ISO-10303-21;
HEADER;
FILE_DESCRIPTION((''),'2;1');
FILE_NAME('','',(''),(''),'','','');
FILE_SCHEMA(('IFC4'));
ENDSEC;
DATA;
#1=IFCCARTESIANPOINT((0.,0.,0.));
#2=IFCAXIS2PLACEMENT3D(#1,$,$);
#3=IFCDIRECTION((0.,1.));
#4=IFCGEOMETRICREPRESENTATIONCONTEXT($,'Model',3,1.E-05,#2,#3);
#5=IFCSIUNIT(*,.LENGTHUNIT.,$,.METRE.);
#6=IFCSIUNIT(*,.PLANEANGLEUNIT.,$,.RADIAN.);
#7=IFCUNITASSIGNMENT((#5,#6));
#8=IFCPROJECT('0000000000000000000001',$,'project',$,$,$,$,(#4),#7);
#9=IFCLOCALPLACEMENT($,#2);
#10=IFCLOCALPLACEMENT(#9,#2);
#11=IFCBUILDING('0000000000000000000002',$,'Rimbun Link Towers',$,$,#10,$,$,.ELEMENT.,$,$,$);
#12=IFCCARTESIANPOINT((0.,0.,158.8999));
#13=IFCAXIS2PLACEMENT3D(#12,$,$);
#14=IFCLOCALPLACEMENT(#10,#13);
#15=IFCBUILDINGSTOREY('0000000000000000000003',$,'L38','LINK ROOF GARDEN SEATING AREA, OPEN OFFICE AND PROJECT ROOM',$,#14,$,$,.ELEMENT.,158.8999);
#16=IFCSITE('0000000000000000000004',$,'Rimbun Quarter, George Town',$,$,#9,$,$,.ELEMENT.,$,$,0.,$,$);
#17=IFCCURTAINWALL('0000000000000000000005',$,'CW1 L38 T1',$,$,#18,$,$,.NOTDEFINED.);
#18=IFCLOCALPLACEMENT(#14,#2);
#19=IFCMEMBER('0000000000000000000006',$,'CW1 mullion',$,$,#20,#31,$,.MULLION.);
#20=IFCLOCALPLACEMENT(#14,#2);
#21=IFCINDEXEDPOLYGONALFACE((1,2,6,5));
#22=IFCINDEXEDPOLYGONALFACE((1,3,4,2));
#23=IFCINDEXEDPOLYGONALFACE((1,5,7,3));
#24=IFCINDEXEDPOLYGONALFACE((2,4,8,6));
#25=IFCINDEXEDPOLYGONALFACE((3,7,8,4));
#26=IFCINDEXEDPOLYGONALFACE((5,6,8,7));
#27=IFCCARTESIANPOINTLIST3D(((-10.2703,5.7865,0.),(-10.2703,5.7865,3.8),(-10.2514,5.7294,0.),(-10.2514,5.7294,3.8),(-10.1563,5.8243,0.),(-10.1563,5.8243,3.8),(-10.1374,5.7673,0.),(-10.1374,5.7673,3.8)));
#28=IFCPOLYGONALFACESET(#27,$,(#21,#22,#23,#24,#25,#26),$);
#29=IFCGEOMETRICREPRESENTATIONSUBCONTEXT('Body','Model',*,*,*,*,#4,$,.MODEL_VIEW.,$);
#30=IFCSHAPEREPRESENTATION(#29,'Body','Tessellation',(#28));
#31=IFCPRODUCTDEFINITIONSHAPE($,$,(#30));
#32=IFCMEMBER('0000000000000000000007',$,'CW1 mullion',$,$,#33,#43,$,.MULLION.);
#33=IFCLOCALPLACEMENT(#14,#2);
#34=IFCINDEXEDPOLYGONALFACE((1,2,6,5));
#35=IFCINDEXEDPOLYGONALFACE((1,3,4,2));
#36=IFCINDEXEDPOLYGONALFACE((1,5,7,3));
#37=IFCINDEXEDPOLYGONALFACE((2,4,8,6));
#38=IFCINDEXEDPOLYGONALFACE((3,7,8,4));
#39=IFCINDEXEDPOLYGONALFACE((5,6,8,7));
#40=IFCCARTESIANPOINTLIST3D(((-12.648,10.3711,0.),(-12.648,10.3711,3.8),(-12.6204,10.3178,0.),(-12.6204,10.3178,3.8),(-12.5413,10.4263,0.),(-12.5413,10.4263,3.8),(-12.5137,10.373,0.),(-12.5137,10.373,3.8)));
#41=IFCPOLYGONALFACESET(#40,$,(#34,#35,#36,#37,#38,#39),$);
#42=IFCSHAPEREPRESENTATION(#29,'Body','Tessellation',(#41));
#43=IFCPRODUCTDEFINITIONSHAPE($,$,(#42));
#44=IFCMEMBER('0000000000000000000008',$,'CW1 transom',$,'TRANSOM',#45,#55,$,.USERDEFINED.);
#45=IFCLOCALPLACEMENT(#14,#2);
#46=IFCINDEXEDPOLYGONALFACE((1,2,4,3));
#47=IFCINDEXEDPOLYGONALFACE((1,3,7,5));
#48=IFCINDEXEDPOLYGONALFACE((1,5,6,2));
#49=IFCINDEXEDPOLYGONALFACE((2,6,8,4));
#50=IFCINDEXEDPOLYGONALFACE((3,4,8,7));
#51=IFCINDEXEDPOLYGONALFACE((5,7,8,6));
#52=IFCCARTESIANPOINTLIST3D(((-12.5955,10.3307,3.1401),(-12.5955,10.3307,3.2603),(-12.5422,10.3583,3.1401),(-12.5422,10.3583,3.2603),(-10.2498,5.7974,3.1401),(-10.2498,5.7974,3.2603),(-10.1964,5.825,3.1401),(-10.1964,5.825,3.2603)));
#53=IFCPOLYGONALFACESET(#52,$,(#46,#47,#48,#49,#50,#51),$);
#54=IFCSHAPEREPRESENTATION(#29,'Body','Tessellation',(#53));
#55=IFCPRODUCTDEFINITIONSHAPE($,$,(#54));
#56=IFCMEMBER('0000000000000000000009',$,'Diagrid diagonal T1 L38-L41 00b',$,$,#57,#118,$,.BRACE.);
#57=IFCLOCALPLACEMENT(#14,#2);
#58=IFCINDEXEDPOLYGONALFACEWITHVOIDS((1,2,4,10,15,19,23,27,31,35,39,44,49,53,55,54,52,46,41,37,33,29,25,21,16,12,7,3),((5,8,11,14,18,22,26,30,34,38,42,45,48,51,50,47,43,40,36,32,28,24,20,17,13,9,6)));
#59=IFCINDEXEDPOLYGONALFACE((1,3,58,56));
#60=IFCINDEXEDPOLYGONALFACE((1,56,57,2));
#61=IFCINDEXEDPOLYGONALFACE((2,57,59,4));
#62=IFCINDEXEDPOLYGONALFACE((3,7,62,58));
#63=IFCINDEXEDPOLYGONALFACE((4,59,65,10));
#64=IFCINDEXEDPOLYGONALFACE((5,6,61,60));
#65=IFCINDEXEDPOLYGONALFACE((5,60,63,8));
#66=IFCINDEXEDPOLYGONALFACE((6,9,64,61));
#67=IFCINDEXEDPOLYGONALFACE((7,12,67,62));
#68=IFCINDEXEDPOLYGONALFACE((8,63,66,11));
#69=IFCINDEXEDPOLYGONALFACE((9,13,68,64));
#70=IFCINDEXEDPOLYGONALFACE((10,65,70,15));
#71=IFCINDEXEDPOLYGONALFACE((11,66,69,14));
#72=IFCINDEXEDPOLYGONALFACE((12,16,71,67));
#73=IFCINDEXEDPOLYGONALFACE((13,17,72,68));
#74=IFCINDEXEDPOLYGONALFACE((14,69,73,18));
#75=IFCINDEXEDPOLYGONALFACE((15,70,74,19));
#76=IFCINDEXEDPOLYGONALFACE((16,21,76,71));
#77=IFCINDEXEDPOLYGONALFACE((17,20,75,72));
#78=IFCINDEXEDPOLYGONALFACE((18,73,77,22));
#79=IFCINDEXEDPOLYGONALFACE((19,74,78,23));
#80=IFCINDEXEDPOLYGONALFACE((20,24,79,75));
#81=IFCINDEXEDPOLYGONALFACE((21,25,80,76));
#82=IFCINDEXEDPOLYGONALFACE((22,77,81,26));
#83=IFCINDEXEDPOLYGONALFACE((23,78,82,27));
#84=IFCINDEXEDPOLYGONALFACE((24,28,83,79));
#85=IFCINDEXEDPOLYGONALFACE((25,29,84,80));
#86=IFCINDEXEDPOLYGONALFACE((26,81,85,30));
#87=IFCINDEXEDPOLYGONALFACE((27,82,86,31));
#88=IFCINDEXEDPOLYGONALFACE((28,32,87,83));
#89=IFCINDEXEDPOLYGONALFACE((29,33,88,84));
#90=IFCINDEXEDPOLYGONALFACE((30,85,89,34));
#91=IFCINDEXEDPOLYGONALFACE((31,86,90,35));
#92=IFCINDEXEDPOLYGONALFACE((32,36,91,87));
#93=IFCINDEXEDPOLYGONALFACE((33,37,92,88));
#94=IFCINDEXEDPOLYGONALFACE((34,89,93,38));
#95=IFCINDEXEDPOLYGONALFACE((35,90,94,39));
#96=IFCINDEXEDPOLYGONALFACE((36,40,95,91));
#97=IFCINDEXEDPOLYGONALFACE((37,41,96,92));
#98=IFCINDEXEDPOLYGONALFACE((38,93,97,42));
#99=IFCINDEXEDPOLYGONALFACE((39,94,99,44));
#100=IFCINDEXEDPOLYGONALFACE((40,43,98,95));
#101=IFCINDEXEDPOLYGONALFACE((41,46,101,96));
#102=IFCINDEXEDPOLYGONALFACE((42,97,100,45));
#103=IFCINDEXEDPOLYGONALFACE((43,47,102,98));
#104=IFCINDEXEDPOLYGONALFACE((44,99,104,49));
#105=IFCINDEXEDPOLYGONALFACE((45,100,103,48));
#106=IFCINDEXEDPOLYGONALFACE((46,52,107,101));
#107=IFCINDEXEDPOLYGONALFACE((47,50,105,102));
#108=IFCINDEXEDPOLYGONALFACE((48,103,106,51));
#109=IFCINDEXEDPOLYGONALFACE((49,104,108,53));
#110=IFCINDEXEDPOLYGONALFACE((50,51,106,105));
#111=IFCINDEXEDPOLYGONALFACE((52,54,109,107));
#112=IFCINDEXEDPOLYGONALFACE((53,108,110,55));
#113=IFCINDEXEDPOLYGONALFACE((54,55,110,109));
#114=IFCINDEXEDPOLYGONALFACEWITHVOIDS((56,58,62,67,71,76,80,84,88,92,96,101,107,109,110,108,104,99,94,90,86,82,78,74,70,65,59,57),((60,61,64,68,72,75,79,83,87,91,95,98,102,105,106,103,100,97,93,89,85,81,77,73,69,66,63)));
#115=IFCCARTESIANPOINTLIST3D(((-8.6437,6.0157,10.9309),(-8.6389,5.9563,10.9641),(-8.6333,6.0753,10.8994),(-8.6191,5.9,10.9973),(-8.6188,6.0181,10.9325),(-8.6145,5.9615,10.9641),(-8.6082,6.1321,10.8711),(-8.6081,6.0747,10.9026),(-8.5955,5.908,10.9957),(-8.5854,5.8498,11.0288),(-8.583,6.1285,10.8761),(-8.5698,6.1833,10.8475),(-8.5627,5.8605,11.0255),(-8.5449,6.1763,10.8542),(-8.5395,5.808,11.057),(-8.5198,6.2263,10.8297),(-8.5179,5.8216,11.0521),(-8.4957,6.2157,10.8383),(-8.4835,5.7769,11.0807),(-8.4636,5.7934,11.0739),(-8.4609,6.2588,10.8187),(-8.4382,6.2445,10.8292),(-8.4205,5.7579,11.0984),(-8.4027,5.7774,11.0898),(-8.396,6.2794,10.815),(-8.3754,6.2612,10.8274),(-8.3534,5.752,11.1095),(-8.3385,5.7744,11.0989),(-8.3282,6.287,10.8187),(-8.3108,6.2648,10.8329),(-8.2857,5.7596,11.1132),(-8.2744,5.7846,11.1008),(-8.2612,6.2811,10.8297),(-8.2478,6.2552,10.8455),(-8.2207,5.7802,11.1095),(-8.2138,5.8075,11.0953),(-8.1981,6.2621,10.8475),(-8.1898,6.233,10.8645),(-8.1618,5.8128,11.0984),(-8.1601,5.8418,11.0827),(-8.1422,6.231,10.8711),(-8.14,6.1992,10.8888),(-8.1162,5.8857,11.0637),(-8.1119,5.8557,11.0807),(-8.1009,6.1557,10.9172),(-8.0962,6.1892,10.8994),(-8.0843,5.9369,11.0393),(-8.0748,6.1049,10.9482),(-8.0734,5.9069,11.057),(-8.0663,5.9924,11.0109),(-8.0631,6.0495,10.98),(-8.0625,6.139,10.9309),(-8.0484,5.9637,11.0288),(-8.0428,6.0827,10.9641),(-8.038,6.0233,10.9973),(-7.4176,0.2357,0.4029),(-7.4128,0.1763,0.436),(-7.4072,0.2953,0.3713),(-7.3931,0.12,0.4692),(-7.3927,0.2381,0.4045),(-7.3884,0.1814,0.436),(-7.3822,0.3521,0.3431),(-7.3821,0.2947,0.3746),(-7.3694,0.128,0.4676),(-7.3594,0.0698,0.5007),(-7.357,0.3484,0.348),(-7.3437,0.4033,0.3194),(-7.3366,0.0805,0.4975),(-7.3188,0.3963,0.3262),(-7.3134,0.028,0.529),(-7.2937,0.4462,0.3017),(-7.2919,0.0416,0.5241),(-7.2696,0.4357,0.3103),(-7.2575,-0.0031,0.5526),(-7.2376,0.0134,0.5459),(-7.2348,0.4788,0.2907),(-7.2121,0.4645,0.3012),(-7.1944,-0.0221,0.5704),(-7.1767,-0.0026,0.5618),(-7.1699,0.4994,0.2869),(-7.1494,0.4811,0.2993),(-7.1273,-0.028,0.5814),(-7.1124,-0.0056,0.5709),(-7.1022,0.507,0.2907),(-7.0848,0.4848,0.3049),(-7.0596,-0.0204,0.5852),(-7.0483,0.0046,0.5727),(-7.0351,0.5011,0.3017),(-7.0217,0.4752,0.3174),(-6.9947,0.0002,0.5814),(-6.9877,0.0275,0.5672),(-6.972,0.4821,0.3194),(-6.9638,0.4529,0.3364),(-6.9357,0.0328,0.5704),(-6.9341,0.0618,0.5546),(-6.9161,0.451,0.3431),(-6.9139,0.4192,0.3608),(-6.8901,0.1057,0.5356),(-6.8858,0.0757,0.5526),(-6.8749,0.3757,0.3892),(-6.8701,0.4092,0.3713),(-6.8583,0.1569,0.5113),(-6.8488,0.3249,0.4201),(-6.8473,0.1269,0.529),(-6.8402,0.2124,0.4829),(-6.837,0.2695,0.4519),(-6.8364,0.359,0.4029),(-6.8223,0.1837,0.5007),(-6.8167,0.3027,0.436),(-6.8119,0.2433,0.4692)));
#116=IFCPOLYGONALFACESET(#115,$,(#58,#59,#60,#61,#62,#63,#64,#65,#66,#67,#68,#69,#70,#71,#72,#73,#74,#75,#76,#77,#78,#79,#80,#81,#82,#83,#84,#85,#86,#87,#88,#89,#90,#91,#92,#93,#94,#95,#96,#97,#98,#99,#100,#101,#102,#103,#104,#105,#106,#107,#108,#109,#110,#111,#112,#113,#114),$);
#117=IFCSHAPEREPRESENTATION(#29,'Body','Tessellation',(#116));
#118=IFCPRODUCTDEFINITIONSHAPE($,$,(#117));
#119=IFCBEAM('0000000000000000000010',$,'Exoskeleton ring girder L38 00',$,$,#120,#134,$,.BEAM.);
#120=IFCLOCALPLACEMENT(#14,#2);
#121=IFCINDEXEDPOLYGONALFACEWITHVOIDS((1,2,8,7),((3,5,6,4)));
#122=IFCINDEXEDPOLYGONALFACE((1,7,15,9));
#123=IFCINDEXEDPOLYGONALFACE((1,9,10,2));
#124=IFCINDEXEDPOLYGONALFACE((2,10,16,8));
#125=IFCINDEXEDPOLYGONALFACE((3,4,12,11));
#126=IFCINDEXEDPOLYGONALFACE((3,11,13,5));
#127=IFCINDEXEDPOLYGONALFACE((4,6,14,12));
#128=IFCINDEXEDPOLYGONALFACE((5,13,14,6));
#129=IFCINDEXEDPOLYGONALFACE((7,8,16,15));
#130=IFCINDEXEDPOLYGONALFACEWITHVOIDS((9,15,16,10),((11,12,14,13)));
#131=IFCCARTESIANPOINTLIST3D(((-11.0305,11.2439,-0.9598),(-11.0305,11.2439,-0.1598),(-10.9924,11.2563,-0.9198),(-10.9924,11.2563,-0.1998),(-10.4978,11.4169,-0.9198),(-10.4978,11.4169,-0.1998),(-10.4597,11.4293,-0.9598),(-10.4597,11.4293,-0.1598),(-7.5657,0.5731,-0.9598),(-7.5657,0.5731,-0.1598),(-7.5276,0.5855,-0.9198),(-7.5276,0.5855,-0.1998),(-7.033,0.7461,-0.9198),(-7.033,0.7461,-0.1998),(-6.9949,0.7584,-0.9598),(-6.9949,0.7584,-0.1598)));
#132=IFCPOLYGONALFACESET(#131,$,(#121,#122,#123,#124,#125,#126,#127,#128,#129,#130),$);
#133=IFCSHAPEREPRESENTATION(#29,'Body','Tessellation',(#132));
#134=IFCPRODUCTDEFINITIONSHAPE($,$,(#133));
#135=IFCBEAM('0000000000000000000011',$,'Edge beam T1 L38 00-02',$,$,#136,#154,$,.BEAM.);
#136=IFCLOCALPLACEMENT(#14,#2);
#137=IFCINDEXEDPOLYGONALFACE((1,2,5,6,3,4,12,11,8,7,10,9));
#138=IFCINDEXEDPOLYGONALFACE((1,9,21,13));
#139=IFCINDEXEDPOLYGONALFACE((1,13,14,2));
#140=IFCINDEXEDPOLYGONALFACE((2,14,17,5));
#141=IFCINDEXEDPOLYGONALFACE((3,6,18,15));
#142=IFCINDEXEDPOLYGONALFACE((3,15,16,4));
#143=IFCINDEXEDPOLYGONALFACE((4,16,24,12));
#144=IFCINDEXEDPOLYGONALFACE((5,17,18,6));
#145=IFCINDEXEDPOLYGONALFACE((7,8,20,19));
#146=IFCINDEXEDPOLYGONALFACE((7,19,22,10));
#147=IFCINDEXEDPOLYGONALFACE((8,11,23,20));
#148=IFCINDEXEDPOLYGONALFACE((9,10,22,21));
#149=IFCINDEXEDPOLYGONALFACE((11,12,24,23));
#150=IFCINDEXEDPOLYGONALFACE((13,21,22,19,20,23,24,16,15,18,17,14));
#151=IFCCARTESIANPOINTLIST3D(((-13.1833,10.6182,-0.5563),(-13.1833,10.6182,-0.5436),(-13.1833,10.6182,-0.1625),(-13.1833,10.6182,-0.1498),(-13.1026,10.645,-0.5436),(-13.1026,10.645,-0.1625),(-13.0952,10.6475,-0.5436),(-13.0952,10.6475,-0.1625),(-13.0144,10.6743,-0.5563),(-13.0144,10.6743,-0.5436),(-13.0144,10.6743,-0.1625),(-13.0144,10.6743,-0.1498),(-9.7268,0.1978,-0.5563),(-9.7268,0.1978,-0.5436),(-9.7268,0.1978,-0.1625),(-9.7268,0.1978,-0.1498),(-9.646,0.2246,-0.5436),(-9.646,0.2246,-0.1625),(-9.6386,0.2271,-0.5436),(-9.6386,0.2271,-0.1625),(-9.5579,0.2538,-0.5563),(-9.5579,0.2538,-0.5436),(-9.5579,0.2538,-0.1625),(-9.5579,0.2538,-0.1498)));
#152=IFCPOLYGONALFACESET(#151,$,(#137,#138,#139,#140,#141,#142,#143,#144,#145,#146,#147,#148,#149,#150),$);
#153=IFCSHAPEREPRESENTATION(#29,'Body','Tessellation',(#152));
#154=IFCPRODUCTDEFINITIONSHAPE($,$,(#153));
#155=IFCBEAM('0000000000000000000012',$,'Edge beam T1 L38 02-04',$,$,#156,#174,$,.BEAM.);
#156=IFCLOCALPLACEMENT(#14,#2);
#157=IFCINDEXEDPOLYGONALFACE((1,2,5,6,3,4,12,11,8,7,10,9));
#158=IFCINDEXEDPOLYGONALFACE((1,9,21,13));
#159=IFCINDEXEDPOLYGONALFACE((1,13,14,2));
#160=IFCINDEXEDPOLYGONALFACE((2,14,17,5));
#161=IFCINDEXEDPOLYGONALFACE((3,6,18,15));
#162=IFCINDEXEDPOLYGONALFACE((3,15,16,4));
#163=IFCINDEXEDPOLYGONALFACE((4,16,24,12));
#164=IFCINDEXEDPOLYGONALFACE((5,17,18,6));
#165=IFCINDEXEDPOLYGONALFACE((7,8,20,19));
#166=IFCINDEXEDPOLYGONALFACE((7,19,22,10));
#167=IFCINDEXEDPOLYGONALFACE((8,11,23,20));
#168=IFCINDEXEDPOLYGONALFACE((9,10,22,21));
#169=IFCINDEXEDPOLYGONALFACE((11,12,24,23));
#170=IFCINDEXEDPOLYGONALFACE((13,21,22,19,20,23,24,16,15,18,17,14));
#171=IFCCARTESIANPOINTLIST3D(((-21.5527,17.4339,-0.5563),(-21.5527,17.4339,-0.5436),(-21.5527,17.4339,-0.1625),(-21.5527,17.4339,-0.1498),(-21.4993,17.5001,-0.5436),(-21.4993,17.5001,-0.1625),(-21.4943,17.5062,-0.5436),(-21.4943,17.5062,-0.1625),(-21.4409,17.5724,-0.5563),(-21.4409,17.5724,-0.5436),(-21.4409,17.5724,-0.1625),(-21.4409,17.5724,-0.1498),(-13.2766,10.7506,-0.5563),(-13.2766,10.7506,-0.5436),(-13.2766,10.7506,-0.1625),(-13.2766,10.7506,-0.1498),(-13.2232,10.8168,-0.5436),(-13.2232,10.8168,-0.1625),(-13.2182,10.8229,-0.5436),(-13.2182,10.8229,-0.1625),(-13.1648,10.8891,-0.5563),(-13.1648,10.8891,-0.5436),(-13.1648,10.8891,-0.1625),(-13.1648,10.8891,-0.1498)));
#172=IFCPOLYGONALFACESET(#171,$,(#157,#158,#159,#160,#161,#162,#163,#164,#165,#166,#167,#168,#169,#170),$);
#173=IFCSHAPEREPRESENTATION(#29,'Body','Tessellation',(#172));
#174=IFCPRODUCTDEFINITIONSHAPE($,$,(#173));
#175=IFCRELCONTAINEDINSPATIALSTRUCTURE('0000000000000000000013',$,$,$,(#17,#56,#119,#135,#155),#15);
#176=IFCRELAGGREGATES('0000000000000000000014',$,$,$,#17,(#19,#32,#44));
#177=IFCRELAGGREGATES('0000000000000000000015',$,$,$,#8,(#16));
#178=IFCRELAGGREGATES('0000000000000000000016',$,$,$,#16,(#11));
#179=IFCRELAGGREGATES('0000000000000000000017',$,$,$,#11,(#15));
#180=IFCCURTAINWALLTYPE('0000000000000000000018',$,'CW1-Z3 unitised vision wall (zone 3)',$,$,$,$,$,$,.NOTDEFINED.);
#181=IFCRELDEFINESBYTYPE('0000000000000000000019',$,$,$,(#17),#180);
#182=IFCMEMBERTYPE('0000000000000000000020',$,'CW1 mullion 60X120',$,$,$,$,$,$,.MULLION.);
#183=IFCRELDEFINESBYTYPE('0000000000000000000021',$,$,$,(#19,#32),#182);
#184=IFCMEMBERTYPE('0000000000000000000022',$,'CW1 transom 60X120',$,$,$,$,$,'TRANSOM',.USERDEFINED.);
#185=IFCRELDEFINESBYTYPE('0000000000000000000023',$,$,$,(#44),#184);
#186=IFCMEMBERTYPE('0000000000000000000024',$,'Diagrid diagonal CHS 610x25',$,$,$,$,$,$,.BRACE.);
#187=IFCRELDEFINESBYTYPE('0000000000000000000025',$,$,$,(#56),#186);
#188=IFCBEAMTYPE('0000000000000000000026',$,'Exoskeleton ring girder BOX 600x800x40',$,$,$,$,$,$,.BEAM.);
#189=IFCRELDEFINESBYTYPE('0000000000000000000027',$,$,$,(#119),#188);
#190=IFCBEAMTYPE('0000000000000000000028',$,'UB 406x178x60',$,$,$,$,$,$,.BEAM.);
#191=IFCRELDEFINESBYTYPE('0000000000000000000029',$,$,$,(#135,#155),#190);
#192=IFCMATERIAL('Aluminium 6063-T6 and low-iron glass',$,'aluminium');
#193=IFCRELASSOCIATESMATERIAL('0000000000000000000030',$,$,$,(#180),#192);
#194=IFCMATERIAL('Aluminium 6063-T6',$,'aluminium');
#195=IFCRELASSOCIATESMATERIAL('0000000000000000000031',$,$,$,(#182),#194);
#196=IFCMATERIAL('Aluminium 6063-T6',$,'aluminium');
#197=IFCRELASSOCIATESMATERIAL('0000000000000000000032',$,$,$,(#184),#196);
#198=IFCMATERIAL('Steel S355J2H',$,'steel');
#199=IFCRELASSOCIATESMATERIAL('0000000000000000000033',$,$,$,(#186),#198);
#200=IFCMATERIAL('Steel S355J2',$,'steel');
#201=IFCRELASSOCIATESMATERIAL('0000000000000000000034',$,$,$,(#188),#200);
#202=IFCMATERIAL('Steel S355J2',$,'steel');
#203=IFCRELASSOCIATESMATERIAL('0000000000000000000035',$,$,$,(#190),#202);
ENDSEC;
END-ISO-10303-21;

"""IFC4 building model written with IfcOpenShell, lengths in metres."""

from ifc_helpers import new_model, si_unit, direction, frame, origin, origin_2d, place, context, subcontext, project, spatial, rectangle, hollow_rectangle, hollow_circle, i_section, extrude, material, material_profile, profile_set, type_object, element, aggregate, save


model = new_model("IFC4")

# Units and contexts
model_context = context("Model", 3, precision=1e-05, world=origin(), true_north=direction((0.0, 1.0)))
body_context = subcontext(model_context, "Body", "Model", "MODEL_VIEW")
ifc_project = project(units=[si_unit("LENGTHUNIT", "METRE"), si_unit("PLANEANGLEUNIT", "RADIAN")], contexts=[model_context])

# Site, building, storey
site_placement = place(None, origin())
site = spatial("IfcSite", under=ifc_project, at=site_placement, Name="Rimbun Quarter, George Town", CompositionType="ELEMENT", RefElevation=0.0)
building_placement = place(site_placement, origin())
building = spatial("IfcBuilding", under=site, at=building_placement, Name="Rimbun Link Towers", CompositionType="ELEMENT")
storey_placement = place(building_placement, frame((0.0, 0.0, 158.8999)))
storey = spatial("IfcBuildingStorey", under=building, at=storey_placement, Name="L38", Description="LINK ROOF GARDEN SEATING AREA, OPEN OFFICE AND PROJECT ROOM", CompositionType="ELEMENT", Elevation=158.8999)

# Curtain wall, members
ifc_material_1 = material(Name="Aluminium 6063-T6 and low-iron glass", Category="aluminium")
curtain_wall_type = type_object("IfcCurtainWallType", Name="CW1-Z3 unitised vision wall (zone 3)", PredefinedType="NOTDEFINED", material=ifc_material_1)
curtain_wall_placement = place(storey_placement, origin())
curtain_wall = element("IfcCurtainWall", 1, at=curtain_wall_placement, inside=storey, type_object=curtain_wall_type, Name="CW1 L38 T1", PredefinedType="NOTDEFINED")
ifc_material_2 = material(Name="Aluminium 6063-T6", Category="aluminium")
ifc_material_profile_1 = material_profile(ifc_material_2, rectangle(XDim=0.1201, YDim=0.0601, at=origin_2d()), Name="MULLION 60X120")
ifc_profile_set_1 = profile_set([ifc_material_profile_1], Name="Aluminium 6063-T6")
member_type_1 = type_object("IfcMemberType", Name="CW1 mullion 60X120", PredefinedType="MULLION", material=ifc_profile_set_1)
member_1_placement = place(storey_placement, frame((-10.2039, 5.7769, 0.0), z_axis=(0.0, 0.0, 1.0), x_axis=(0.94916, 0.314794, 0.0)))
member_1 = element("IfcMember", 2, at=member_1_placement, type_object=member_type_1, Name="CW1 mullion", PredefinedType="MULLION", context=body_context, shape_type="SweptSolid", body=[
    extrude(rectangle(XDim=0.1201, YDim=0.0601, at=origin_2d()), origin(), (0.0, 0.0, 1.0), 3.8),
])
member_2_placement = place(storey_placement, frame((-12.5808, 10.3721, 0.0), z_axis=(0.0, 0.0, 1.0), x_axis=(0.888144, 0.459565, 0.0)))
member_2 = element("IfcMember", 3, at=member_2_placement, type_object=member_type_1, Name="CW1 mullion", PredefinedType="MULLION", context=body_context, shape_type="SweptSolid", body=[
    extrude(rectangle(XDim=0.1201, YDim=0.0601, at=origin_2d()), origin(), (0.0, 0.0, 1.0), 3.8),
])
ifc_material_3 = material(Name="Aluminium 6063-T6", Category="aluminium")
ifc_material_profile_2 = material_profile(ifc_material_3, rectangle(XDim=0.0601, YDim=0.1201, at=origin_2d()), Name="TRANSOM 60X120")
ifc_profile_set_2 = profile_set([ifc_material_profile_2], Name="Aluminium 6063-T6")
member_type_2 = type_object("IfcMemberType", Name="CW1 transom 60X120", ElementType="TRANSOM", PredefinedType="USERDEFINED", material=ifc_profile_set_2)
member_3_placement = place(storey_placement, frame((-12.5688, 10.3445, 3.2002), z_axis=(0.459569, -0.888142, 0.0), x_axis=(0.888142, 0.459569, 0.0)))
member_3 = element("IfcMember", 4, at=member_3_placement, type_object=member_type_2, Name="CW1 transom", ObjectType="TRANSOM", PredefinedType="USERDEFINED", context=body_context, shape_type="SweptSolid", body=[
    extrude(rectangle(XDim=0.0601, YDim=0.1201, at=origin_2d()), origin(), (0.0, 0.0, 1.0), 5.1042),
])

# Member
ifc_material_4 = material(Name="Steel S355J2H", Category="steel")
ifc_material_profile_3 = material_profile(ifc_material_4, hollow_circle(Radius=0.3047, WallThickness=0.0249, at=origin_2d()), Name="Diagrid diagonal CHS 610x25")
ifc_profile_set_3 = profile_set([ifc_material_profile_3], Name="Steel S355J2H")
member_type_3 = type_object("IfcMemberType", Name="Diagrid diagonal CHS 610x25", PredefinedType="BRACE", material=ifc_profile_set_3)
member_4_placement = place(storey_placement, frame((-7.1147, 0.2395, 0.436), z_axis=(-0.101557, 0.478765, 0.87205), x_axis=(-0.978234, -0.207505, 0.0)))
element("IfcMember", 5, at=member_4_placement, inside=storey, type_object=member_type_3, Name="Diagrid diagonal T1 L38-L41 00b", PredefinedType="BRACE", context=body_context, shape_type="SweptSolid", body=[
    extrude(hollow_circle(Radius=0.3047, WallThickness=0.0249, at=origin_2d()), origin(), (0.0, 0.0, 1.0), 12.0728),
])

# Beams
ifc_material_5 = material(Name="Steel S355J2", Category="steel")
ifc_material_profile_4 = material_profile(ifc_material_5, hollow_rectangle(XDim=0.6001, YDim=0.8, WallThickness=0.04, at=origin_2d()), Name="Exoskeleton ring girder BOX 600x800x40")
ifc_profile_set_4 = profile_set([ifc_material_profile_4], Name="Steel S355J2")
beam_type_1 = type_object("IfcBeamType", Name="Exoskeleton ring girder BOX 600x800x40", PredefinedType="BEAM", material=ifc_profile_set_4)
beam_1_placement = place(storey_placement, frame((-7.2803, 0.6658, -0.5598), z_axis=(-0.308828, 0.951118, 0.0), x_axis=(-0.951118, -0.308828, 0.0)))
element("IfcBeam", 6, at=beam_1_placement, inside=storey, type_object=beam_type_1, Name="Exoskeleton ring girder L38 00", PredefinedType="BEAM", context=body_context, shape_type="SweptSolid", body=[
    extrude(hollow_rectangle(XDim=0.6001, YDim=0.8, WallThickness=0.04, at=origin_2d()), origin(), (0.0, 0.0, 1.0), 11.2192),
])
ifc_material_6 = material(Name="Steel S355J2", Category="steel")
ifc_material_profile_5 = material_profile(ifc_material_6, i_section(OverallWidth=0.178, OverallDepth=0.4065, WebThickness=0.0078, FlangeThickness=0.0127, at=origin_2d()), Name="UB 406x178x60")
ifc_profile_set_5 = profile_set([ifc_material_profile_5], Name="Steel S355J2")
beam_type_2 = type_object("IfcBeamType", Name="UB 406x178x60", PredefinedType="BEAM", material=ifc_profile_set_5)
beam_2_placement = place(storey_placement, frame((-9.6423, 0.2258, -0.353), z_axis=(-0.31484, 0.949145, 0.0), x_axis=(-0.949145, -0.31484, 0.0)))
element("IfcBeam", 7, at=beam_2_placement, inside=storey, type_object=beam_type_2, Name="Edge beam T1 L38 00-02", PredefinedType="BEAM", context=body_context, shape_type="SweptSolid", body=[
    extrude(i_section(OverallWidth=0.178, OverallDepth=0.4065, WebThickness=0.0078, FlangeThickness=0.0127, at=origin_2d()), origin(), (0.0, 0.0, 1.0), 10.9788),
])
beam_3_placement = place(storey_placement, frame((-13.2207, 10.8198, -0.353), z_axis=(-0.777997, 0.628268, 0.0), x_axis=(-0.628268, -0.777997, 0.0)))
element("IfcBeam", 8, at=beam_3_placement, inside=storey, type_object=beam_type_2, Name="Edge beam T1 L38 02-04", PredefinedType="BEAM", context=body_context, shape_type="SweptSolid", body=[
    extrude(i_section(OverallWidth=0.178, OverallDepth=0.4065, WebThickness=0.0078, FlangeThickness=0.0127, at=origin_2d()), origin(), (0.0, 0.0, 1.0), 10.6377),
])

aggregate(curtain_wall, [member_1, member_2, member_3])

save(model, "model.ifc")
